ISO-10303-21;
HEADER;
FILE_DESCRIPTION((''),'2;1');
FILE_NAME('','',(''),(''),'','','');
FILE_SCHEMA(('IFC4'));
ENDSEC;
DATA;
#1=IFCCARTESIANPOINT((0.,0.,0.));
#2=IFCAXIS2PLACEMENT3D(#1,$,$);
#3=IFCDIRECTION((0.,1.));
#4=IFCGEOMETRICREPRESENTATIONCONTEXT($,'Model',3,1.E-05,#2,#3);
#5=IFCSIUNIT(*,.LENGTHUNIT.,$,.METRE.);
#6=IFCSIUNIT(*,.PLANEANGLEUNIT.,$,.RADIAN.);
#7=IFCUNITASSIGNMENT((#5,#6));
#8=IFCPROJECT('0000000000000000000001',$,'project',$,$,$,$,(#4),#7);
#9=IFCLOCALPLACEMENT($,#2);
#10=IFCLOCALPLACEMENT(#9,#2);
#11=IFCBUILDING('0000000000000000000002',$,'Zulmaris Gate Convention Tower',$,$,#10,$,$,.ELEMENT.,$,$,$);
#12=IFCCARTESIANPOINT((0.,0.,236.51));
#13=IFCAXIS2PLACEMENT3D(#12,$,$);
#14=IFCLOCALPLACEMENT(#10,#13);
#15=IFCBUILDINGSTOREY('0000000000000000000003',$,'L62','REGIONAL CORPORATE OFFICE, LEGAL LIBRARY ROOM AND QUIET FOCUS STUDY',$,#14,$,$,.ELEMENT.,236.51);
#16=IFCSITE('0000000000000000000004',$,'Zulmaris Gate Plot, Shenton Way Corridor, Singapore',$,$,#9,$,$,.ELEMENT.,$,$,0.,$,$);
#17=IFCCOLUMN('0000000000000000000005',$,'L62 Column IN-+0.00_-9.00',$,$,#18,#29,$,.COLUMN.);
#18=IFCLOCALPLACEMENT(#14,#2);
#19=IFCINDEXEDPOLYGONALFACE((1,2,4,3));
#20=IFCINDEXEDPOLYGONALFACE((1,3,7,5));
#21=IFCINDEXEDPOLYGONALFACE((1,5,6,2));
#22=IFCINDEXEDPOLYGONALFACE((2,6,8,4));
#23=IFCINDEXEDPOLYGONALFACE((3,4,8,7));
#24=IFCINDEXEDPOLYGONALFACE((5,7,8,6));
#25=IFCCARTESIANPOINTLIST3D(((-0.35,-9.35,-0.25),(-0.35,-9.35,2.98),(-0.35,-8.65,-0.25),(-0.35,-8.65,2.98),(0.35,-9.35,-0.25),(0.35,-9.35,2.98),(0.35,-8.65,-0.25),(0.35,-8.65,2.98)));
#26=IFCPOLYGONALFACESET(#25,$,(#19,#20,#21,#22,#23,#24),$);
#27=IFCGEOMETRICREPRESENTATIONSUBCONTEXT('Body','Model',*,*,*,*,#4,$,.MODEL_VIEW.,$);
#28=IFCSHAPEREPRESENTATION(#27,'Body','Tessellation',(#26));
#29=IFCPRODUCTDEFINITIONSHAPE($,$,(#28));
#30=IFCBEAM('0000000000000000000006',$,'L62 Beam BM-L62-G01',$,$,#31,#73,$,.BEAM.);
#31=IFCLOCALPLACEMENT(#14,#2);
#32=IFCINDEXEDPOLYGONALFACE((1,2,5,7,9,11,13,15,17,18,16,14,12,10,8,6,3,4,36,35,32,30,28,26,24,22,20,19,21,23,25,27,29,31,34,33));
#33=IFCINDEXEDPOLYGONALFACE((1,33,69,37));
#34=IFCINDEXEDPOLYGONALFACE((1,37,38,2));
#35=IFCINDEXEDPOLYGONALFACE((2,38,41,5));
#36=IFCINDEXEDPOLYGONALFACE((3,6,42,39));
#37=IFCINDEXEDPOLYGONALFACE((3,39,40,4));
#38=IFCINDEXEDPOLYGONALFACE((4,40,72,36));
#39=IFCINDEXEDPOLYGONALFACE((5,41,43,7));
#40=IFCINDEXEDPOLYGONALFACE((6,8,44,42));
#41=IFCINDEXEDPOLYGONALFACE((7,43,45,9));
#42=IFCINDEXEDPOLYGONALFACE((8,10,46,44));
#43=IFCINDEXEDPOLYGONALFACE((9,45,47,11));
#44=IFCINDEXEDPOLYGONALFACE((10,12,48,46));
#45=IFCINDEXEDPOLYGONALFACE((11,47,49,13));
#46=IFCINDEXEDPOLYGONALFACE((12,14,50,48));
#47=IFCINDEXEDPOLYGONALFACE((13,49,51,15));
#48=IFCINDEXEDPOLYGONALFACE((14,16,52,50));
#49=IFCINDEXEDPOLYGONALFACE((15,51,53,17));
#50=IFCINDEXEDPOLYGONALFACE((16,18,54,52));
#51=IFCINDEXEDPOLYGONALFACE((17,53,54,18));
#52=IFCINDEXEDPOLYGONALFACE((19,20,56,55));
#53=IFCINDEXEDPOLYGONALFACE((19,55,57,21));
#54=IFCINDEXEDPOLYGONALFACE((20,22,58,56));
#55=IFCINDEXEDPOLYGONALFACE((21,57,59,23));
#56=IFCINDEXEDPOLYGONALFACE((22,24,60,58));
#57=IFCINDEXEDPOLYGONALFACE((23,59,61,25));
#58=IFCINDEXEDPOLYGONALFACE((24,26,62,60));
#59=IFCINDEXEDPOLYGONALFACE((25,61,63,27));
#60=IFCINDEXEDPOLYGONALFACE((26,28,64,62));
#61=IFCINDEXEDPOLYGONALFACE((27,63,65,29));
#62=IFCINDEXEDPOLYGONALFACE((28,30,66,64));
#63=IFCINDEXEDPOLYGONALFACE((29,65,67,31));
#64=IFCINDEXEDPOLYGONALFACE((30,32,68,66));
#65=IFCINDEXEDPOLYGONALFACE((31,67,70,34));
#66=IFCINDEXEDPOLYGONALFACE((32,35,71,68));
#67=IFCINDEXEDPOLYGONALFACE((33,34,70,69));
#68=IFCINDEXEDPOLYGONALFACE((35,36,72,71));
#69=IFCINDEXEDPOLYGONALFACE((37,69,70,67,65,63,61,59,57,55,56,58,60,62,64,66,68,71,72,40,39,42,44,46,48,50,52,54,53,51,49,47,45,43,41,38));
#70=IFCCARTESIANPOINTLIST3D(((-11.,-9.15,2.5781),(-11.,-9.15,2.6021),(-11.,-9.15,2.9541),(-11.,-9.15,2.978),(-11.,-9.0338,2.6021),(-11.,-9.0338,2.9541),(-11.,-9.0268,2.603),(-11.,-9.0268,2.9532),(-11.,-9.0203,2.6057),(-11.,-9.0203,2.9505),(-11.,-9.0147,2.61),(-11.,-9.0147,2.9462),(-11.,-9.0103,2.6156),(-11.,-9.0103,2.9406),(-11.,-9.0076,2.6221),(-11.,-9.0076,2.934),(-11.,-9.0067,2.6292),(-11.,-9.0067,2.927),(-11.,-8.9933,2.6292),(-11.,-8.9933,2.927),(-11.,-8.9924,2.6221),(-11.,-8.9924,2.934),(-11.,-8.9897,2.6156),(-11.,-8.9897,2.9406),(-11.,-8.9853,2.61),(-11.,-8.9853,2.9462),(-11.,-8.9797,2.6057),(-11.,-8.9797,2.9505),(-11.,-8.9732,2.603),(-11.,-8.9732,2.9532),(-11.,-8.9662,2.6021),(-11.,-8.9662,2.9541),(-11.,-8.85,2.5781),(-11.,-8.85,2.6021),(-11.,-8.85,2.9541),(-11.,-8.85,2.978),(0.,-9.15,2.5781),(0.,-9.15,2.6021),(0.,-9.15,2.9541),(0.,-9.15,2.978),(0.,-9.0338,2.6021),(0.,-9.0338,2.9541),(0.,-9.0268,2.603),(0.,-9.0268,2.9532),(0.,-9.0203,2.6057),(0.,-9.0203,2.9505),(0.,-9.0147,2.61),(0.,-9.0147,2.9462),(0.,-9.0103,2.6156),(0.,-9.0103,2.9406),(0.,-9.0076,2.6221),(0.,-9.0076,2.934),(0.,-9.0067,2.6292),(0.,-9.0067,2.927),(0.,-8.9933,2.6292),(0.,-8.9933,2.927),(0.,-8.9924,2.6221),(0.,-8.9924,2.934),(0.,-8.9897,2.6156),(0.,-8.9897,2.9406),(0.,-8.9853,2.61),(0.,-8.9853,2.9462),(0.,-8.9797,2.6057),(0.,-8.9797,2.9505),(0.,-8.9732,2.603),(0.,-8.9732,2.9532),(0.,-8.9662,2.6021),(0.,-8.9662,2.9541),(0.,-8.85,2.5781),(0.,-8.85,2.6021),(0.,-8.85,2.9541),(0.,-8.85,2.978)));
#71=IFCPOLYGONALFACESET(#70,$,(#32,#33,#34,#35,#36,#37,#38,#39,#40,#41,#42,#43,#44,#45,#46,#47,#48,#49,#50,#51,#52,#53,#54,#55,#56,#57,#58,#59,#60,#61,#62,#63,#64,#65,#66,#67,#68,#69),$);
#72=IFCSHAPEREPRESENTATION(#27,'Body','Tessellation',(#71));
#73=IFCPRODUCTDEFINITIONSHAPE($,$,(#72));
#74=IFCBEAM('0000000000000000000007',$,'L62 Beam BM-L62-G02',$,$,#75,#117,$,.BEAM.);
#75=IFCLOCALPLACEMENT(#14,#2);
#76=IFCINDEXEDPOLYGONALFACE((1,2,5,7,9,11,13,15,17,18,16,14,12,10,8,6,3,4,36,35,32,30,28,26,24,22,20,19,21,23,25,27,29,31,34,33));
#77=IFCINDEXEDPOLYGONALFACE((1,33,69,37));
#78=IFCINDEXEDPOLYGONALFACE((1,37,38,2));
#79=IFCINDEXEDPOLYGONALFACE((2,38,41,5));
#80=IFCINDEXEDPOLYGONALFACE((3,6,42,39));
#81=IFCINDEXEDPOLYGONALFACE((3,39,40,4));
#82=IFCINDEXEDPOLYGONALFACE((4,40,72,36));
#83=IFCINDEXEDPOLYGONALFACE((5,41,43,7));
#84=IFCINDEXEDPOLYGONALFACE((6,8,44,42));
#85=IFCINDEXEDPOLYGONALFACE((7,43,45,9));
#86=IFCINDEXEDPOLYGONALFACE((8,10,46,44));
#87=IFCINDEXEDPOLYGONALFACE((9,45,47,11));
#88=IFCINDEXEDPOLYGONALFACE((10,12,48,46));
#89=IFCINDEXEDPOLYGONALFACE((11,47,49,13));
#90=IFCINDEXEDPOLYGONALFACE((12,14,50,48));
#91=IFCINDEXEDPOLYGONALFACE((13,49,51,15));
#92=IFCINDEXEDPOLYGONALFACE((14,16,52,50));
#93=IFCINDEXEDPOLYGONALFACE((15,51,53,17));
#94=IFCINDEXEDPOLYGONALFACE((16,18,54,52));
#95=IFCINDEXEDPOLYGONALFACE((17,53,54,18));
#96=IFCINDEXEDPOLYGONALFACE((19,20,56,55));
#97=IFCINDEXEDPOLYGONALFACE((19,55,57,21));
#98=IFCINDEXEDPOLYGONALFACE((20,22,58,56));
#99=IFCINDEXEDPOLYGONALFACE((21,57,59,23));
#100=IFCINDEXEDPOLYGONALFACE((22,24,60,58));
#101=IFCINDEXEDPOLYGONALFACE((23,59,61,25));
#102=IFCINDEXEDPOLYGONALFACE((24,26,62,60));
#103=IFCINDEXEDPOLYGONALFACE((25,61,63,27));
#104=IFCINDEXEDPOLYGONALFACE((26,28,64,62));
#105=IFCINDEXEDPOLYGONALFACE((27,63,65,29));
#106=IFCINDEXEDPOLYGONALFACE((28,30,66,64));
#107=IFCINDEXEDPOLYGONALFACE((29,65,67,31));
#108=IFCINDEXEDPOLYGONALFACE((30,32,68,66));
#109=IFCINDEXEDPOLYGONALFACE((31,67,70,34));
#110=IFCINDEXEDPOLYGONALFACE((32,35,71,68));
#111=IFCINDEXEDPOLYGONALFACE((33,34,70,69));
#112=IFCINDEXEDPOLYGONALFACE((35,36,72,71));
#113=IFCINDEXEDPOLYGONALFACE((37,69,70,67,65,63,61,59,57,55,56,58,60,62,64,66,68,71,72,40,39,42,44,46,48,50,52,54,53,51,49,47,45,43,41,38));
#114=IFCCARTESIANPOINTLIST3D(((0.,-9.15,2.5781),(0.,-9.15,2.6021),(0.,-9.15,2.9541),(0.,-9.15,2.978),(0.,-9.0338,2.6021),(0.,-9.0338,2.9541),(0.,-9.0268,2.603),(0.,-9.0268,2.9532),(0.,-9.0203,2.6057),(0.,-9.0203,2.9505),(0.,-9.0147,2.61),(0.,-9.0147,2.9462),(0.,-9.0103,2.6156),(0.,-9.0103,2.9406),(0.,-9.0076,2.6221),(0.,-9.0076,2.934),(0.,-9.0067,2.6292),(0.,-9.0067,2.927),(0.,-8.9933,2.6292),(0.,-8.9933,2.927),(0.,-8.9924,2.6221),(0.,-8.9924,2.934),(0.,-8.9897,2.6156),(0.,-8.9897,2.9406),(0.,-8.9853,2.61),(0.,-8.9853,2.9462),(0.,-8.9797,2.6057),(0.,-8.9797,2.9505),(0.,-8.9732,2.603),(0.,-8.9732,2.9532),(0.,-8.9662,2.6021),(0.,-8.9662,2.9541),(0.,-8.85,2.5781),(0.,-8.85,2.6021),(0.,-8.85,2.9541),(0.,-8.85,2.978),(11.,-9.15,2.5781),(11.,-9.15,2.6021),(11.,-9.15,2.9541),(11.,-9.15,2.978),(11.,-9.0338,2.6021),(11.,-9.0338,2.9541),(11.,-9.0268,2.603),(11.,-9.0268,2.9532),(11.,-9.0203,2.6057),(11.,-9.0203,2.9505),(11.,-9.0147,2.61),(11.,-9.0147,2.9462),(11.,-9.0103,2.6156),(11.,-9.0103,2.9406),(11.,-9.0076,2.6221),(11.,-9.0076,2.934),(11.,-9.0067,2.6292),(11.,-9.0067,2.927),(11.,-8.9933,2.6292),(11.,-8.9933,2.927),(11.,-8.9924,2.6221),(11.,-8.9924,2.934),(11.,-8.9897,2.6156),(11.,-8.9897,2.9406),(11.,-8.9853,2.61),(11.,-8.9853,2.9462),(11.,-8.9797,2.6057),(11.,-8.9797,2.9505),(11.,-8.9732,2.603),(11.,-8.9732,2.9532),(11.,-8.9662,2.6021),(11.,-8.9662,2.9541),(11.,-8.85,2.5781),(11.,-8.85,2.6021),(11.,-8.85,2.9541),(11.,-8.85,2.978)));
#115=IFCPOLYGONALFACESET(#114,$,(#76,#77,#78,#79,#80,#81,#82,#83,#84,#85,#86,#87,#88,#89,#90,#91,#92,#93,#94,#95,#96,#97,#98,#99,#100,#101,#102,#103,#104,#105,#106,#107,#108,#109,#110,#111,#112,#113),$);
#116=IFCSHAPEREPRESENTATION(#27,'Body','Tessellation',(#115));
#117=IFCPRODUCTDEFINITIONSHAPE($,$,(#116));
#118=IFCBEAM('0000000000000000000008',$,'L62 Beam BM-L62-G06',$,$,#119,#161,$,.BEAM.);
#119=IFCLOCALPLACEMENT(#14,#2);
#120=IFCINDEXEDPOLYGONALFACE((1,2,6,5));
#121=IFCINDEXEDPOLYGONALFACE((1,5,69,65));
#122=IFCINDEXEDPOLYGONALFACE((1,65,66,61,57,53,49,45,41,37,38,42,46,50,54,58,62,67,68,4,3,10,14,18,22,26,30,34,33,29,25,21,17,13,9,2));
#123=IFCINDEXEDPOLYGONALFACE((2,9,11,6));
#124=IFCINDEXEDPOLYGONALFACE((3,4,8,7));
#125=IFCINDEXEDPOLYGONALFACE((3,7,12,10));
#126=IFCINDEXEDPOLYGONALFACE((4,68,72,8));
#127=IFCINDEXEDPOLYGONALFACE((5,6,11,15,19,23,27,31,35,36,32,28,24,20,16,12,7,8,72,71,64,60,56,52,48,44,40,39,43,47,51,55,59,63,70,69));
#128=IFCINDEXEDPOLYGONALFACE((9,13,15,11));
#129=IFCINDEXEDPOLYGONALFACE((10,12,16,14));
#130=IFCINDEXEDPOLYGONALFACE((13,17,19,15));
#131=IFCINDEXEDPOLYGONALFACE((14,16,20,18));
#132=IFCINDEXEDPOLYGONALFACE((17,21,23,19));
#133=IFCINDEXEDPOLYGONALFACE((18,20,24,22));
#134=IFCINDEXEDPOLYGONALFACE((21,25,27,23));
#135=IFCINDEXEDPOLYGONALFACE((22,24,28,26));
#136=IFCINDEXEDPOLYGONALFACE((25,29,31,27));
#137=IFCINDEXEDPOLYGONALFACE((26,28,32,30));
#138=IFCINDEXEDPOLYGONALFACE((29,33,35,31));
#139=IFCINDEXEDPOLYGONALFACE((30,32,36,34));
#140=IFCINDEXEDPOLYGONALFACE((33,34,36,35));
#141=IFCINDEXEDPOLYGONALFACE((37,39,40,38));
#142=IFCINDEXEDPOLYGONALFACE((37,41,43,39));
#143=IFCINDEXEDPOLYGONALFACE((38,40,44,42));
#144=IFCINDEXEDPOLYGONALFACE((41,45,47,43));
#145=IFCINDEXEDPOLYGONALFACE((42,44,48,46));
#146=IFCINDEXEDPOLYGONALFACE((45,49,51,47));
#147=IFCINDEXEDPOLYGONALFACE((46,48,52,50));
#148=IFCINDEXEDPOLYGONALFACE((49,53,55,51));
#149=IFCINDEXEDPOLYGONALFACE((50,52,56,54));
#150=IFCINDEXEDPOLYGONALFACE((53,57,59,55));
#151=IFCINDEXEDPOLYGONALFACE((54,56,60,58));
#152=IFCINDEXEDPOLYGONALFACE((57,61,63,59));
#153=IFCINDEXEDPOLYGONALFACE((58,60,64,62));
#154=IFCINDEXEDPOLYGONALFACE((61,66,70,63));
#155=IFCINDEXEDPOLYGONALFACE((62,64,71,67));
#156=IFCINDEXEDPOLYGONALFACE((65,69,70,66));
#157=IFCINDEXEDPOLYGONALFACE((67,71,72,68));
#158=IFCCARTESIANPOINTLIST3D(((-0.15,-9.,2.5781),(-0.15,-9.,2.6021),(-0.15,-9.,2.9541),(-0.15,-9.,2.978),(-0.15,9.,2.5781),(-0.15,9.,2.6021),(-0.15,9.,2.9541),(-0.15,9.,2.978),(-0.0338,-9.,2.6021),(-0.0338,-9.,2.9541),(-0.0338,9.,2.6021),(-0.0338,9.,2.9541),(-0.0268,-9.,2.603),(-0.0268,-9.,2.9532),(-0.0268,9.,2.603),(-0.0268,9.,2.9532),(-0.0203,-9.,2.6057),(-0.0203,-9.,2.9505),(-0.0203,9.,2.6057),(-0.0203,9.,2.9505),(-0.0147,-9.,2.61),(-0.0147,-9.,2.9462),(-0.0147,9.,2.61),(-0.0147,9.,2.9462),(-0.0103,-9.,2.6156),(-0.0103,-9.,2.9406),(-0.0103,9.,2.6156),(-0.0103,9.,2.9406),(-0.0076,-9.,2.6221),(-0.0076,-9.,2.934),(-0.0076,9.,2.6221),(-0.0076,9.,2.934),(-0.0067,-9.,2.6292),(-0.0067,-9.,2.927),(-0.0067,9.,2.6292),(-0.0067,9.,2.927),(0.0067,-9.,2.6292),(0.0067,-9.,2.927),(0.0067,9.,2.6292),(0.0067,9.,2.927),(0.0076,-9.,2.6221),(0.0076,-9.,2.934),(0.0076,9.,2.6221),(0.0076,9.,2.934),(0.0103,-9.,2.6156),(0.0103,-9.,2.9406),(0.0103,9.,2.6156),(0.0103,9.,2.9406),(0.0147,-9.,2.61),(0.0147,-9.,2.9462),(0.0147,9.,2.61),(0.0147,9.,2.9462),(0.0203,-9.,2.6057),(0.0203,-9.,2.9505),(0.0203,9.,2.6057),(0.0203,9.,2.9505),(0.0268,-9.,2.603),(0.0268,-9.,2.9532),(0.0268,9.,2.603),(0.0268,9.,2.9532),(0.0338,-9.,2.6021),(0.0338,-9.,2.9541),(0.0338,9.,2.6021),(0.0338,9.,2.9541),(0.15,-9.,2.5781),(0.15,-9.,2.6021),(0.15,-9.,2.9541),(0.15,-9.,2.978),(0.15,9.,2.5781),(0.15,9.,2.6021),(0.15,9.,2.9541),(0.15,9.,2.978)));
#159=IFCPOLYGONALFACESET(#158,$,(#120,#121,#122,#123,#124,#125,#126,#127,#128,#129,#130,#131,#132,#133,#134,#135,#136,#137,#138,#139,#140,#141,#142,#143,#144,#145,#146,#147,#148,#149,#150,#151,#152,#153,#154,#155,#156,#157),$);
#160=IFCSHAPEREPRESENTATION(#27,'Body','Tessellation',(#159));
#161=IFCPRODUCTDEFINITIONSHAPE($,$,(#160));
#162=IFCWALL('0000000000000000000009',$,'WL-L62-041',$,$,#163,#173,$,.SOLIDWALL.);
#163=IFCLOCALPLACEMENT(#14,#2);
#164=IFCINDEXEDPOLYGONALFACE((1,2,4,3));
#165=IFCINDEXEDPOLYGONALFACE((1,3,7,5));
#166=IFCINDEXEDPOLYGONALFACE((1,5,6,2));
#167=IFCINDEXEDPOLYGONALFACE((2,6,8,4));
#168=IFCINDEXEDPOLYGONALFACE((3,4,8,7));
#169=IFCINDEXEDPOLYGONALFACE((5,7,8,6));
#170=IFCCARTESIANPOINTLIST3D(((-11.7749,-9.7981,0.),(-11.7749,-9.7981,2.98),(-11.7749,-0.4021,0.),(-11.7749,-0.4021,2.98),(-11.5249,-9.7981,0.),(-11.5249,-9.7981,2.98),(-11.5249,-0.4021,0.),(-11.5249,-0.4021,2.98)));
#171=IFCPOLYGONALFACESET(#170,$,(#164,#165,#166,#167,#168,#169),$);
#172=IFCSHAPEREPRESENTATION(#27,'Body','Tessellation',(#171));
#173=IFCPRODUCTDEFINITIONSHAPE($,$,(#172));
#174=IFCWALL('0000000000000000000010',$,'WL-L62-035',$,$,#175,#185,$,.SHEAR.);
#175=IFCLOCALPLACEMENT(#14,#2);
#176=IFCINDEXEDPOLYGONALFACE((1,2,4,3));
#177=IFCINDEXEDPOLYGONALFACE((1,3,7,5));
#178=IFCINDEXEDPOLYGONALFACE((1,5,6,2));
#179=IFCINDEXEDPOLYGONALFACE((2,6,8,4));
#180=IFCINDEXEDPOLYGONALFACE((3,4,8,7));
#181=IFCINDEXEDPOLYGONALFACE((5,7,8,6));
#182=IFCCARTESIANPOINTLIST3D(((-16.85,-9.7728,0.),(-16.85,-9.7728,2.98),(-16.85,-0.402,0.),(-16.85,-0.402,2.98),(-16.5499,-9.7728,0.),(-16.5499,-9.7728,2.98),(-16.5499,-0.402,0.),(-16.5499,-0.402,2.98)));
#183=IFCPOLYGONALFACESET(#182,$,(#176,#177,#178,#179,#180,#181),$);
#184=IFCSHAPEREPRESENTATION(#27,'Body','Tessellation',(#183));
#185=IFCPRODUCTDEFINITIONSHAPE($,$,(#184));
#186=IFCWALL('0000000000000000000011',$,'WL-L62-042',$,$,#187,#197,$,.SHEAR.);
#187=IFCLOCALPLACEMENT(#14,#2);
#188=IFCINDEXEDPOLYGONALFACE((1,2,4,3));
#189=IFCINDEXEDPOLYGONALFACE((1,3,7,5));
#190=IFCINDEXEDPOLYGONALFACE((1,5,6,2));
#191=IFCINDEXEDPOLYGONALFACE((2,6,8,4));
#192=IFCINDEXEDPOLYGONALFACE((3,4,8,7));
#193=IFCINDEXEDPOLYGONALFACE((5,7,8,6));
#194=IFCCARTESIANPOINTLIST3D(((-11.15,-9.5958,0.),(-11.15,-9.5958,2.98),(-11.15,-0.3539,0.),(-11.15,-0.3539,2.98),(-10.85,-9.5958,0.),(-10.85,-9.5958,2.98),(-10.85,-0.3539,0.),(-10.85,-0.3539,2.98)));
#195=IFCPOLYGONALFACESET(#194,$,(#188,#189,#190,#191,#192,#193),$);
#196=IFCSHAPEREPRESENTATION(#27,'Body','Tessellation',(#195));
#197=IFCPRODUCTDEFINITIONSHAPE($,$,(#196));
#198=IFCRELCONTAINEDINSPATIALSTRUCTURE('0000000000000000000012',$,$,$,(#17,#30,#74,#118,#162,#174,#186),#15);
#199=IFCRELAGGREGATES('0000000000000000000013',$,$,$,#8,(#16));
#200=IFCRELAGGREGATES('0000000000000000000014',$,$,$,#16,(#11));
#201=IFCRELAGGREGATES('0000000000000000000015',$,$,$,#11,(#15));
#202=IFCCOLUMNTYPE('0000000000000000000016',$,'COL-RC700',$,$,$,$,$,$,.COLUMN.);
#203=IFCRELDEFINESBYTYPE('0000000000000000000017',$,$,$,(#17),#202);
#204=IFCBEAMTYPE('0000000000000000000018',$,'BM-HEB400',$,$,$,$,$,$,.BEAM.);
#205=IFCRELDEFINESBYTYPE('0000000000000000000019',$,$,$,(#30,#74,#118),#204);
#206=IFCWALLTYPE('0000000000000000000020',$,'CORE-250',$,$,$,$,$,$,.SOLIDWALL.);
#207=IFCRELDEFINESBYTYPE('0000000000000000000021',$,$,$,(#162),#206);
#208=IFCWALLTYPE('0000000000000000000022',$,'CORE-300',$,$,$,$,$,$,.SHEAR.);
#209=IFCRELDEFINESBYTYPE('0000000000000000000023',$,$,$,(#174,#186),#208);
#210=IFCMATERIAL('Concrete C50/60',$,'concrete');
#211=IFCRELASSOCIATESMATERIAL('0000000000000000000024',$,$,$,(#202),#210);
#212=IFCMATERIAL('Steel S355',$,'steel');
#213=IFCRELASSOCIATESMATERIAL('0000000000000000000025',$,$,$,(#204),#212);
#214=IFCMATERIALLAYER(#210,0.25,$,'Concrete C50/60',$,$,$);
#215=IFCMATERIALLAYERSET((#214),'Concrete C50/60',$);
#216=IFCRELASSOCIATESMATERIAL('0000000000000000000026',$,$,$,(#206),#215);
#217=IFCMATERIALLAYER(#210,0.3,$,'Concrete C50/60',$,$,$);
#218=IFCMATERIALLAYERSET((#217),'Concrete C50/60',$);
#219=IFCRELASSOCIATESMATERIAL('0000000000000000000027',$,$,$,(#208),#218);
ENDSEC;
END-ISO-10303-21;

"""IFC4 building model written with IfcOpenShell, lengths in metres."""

from ifc_helpers import new_model, si_unit, direction, frame, frame_2d, origin, origin_2d, place, context, subcontext, project, spatial, rectangle, i_section, extrude, material, layer, layer_set, material_profile, profile_set, type_object, element, save


model = new_model("IFC4")

# Units and contexts
model_context = context("Model", 3, precision=1e-05, world=origin(), true_north=direction((0.0, 1.0)))
body_context = subcontext(model_context, "Body", "Model", "MODEL_VIEW")
ifc_project = project(units=[si_unit("LENGTHUNIT", "METRE"), si_unit("PLANEANGLEUNIT", "RADIAN")], contexts=[model_context])

# Site, building, storey
site_placement = place(None, origin())
site = spatial("IfcSite", under=ifc_project, at=site_placement, Name="Zulmaris Gate Plot, Shenton Way Corridor, Singapore", CompositionType="ELEMENT", RefElevation=0.0)
building_placement = place(site_placement, origin())
building = spatial("IfcBuilding", under=site, at=building_placement, Name="Zulmaris Gate Convention Tower", CompositionType="ELEMENT")
storey_placement = place(building_placement, frame((0.0, 0.0, 236.51)))
storey = spatial("IfcBuildingStorey", under=building, at=storey_placement, Name="L62", Description="REGIONAL CORPORATE OFFICE, LEGAL LIBRARY ROOM AND QUIET FOCUS STUDY", CompositionType="ELEMENT", Elevation=236.51)

# Column
ifc_material_1 = material(Name="Concrete C50/60", Category="concrete")
ifc_material_profile_1 = material_profile(ifc_material_1, rectangle(XDim=0.7, YDim=0.7, at=origin_2d()), Name="RC COL 700x700")
ifc_profile_set_1 = profile_set([ifc_material_profile_1], Name="Concrete C50/60")
column_type = type_object("IfcColumnType", Name="COL-RC700", PredefinedType="COLUMN", material=ifc_profile_set_1)
column_placement = place(storey_placement, frame((0.0, -9.0, -0.25), z_axis=(0.0, 0.0, 1.0), x_axis=(1.0, 0.0, 0.0)))
element("IfcColumn", 1, at=column_placement, inside=storey, type_object=column_type, Name="L62 Column IN-+0.00_-9.00", PredefinedType="COLUMN", context=body_context, shape_type="SweptSolid", body=[
    extrude(rectangle(XDim=0.7, YDim=0.7, at=origin_2d()), origin(), (0.0, 0.0, 1.0), 3.23),
])

# Beams
ifc_material_2 = material(Name="Steel S355", Category="steel")
ifc_material_profile_2 = material_profile(ifc_material_2, i_section(OverallWidth=0.3, OverallDepth=0.3999, WebThickness=0.0134, FlangeThickness=0.0239, FilletRadius=0.0271, at=origin_2d()), Name="HEB 400")
ifc_profile_set_2 = profile_set([ifc_material_profile_2], Name="Steel S355")
beam_type = type_object("IfcBeamType", Name="BM-HEB400", PredefinedType="BEAM", material=ifc_profile_set_2)
for number, where, z_axis, x_axis, name in (
    (2, (-11.0, -9.0, 2.7781), (1.0, 0.0, 0.0), (0.0, 1.0, 0.0), "L62 Beam BM-L62-G01"),
    (3, (0.0, -9.0, 2.7781), (1.0, 0.0, 0.0), (0.0, 1.0, 0.0), "L62 Beam BM-L62-G02"),
):
    element("IfcBeam", number, at=place(storey_placement, frame(where, z_axis=z_axis, x_axis=x_axis)), inside=storey, type_object=beam_type, Name=name, PredefinedType="BEAM", context=body_context, shape_type="SweptSolid", body=[
        extrude(i_section(OverallWidth=0.3, OverallDepth=0.3999, WebThickness=0.0134, FlangeThickness=0.0239, FilletRadius=0.0271, at=origin_2d()), origin(), (0.0, 0.0, 1.0), 11.0),
    ])
beam_placement = place(storey_placement, frame((0.0, -9.0, 2.7781), z_axis=(0.0, 1.0, 0.0), x_axis=(-1.0, 0.0, 0.0)))
element("IfcBeam", 4, at=beam_placement, inside=storey, type_object=beam_type, Name="L62 Beam BM-L62-G06", PredefinedType="BEAM", context=body_context, shape_type="SweptSolid", body=[
    extrude(i_section(OverallWidth=0.3, OverallDepth=0.3999, WebThickness=0.0134, FlangeThickness=0.0239, FilletRadius=0.0271, at=origin_2d()), origin(), (0.0, 0.0, 1.0), 18.0),
])

# Walls
ifc_layer_1 = layer(ifc_material_1, 0.25, Name="Concrete C50/60")
ifc_layer_set_1 = layer_set([ifc_layer_1], Name="Concrete C50/60")
wall_type_1 = type_object("IfcWallType", Name="CORE-250", PredefinedType="SOLIDWALL", material=ifc_layer_set_1)
wall_1_placement = place(storey_placement, frame((-11.6499, -9.7981, 0.0), z_axis=(0.0, 0.0, 1.0), x_axis=(0.0, 1.0, 0.0)))
element("IfcWall", 5, at=wall_1_placement, inside=storey, type_object=wall_type_1, Name="WL-L62-041", PredefinedType="SOLIDWALL", context=body_context, shape_type="SweptSolid", body=[
    extrude(rectangle(XDim=9.396, YDim=0.25, at=frame_2d((4.698, 0.0))), origin(), (0.0, 0.0, 1.0), 2.98),
])
ifc_layer_2 = layer(ifc_material_1, 0.3, Name="Concrete C50/60")
ifc_layer_set_2 = layer_set([ifc_layer_2], Name="Concrete C50/60")
wall_type_2 = type_object("IfcWallType", Name="CORE-300", PredefinedType="SHEAR", material=ifc_layer_set_2)
wall_2_placement = place(storey_placement, frame((-16.7, -9.7729, 0.0), z_axis=(0.0, 0.0, 1.0), x_axis=(0.0, 1.0, 0.0)))
element("IfcWall", 6, at=wall_2_placement, inside=storey, type_object=wall_type_2, Name="WL-L62-035", PredefinedType="SHEAR", context=body_context, shape_type="SweptSolid", body=[
    extrude(rectangle(XDim=9.3708, YDim=0.3, at=frame_2d((4.6855, 0.0))), origin(), (0.0, 0.0, 1.0), 2.98),
])
wall_3_placement = place(storey_placement, frame((-11.0, -9.5959, 0.0), z_axis=(0.0, 0.0, 1.0), x_axis=(0.0, 1.0, 0.0)))
element("IfcWall", 7, at=wall_3_placement, inside=storey, type_object=wall_type_2, Name="WL-L62-042", PredefinedType="SHEAR", context=body_context, shape_type="SweptSolid", body=[
    extrude(rectangle(XDim=9.2419, YDim=0.3, at=frame_2d((4.6211, 0.0))), origin(), (0.0, 0.0, 1.0), 2.98),
])

save(model, "model.ifc")
